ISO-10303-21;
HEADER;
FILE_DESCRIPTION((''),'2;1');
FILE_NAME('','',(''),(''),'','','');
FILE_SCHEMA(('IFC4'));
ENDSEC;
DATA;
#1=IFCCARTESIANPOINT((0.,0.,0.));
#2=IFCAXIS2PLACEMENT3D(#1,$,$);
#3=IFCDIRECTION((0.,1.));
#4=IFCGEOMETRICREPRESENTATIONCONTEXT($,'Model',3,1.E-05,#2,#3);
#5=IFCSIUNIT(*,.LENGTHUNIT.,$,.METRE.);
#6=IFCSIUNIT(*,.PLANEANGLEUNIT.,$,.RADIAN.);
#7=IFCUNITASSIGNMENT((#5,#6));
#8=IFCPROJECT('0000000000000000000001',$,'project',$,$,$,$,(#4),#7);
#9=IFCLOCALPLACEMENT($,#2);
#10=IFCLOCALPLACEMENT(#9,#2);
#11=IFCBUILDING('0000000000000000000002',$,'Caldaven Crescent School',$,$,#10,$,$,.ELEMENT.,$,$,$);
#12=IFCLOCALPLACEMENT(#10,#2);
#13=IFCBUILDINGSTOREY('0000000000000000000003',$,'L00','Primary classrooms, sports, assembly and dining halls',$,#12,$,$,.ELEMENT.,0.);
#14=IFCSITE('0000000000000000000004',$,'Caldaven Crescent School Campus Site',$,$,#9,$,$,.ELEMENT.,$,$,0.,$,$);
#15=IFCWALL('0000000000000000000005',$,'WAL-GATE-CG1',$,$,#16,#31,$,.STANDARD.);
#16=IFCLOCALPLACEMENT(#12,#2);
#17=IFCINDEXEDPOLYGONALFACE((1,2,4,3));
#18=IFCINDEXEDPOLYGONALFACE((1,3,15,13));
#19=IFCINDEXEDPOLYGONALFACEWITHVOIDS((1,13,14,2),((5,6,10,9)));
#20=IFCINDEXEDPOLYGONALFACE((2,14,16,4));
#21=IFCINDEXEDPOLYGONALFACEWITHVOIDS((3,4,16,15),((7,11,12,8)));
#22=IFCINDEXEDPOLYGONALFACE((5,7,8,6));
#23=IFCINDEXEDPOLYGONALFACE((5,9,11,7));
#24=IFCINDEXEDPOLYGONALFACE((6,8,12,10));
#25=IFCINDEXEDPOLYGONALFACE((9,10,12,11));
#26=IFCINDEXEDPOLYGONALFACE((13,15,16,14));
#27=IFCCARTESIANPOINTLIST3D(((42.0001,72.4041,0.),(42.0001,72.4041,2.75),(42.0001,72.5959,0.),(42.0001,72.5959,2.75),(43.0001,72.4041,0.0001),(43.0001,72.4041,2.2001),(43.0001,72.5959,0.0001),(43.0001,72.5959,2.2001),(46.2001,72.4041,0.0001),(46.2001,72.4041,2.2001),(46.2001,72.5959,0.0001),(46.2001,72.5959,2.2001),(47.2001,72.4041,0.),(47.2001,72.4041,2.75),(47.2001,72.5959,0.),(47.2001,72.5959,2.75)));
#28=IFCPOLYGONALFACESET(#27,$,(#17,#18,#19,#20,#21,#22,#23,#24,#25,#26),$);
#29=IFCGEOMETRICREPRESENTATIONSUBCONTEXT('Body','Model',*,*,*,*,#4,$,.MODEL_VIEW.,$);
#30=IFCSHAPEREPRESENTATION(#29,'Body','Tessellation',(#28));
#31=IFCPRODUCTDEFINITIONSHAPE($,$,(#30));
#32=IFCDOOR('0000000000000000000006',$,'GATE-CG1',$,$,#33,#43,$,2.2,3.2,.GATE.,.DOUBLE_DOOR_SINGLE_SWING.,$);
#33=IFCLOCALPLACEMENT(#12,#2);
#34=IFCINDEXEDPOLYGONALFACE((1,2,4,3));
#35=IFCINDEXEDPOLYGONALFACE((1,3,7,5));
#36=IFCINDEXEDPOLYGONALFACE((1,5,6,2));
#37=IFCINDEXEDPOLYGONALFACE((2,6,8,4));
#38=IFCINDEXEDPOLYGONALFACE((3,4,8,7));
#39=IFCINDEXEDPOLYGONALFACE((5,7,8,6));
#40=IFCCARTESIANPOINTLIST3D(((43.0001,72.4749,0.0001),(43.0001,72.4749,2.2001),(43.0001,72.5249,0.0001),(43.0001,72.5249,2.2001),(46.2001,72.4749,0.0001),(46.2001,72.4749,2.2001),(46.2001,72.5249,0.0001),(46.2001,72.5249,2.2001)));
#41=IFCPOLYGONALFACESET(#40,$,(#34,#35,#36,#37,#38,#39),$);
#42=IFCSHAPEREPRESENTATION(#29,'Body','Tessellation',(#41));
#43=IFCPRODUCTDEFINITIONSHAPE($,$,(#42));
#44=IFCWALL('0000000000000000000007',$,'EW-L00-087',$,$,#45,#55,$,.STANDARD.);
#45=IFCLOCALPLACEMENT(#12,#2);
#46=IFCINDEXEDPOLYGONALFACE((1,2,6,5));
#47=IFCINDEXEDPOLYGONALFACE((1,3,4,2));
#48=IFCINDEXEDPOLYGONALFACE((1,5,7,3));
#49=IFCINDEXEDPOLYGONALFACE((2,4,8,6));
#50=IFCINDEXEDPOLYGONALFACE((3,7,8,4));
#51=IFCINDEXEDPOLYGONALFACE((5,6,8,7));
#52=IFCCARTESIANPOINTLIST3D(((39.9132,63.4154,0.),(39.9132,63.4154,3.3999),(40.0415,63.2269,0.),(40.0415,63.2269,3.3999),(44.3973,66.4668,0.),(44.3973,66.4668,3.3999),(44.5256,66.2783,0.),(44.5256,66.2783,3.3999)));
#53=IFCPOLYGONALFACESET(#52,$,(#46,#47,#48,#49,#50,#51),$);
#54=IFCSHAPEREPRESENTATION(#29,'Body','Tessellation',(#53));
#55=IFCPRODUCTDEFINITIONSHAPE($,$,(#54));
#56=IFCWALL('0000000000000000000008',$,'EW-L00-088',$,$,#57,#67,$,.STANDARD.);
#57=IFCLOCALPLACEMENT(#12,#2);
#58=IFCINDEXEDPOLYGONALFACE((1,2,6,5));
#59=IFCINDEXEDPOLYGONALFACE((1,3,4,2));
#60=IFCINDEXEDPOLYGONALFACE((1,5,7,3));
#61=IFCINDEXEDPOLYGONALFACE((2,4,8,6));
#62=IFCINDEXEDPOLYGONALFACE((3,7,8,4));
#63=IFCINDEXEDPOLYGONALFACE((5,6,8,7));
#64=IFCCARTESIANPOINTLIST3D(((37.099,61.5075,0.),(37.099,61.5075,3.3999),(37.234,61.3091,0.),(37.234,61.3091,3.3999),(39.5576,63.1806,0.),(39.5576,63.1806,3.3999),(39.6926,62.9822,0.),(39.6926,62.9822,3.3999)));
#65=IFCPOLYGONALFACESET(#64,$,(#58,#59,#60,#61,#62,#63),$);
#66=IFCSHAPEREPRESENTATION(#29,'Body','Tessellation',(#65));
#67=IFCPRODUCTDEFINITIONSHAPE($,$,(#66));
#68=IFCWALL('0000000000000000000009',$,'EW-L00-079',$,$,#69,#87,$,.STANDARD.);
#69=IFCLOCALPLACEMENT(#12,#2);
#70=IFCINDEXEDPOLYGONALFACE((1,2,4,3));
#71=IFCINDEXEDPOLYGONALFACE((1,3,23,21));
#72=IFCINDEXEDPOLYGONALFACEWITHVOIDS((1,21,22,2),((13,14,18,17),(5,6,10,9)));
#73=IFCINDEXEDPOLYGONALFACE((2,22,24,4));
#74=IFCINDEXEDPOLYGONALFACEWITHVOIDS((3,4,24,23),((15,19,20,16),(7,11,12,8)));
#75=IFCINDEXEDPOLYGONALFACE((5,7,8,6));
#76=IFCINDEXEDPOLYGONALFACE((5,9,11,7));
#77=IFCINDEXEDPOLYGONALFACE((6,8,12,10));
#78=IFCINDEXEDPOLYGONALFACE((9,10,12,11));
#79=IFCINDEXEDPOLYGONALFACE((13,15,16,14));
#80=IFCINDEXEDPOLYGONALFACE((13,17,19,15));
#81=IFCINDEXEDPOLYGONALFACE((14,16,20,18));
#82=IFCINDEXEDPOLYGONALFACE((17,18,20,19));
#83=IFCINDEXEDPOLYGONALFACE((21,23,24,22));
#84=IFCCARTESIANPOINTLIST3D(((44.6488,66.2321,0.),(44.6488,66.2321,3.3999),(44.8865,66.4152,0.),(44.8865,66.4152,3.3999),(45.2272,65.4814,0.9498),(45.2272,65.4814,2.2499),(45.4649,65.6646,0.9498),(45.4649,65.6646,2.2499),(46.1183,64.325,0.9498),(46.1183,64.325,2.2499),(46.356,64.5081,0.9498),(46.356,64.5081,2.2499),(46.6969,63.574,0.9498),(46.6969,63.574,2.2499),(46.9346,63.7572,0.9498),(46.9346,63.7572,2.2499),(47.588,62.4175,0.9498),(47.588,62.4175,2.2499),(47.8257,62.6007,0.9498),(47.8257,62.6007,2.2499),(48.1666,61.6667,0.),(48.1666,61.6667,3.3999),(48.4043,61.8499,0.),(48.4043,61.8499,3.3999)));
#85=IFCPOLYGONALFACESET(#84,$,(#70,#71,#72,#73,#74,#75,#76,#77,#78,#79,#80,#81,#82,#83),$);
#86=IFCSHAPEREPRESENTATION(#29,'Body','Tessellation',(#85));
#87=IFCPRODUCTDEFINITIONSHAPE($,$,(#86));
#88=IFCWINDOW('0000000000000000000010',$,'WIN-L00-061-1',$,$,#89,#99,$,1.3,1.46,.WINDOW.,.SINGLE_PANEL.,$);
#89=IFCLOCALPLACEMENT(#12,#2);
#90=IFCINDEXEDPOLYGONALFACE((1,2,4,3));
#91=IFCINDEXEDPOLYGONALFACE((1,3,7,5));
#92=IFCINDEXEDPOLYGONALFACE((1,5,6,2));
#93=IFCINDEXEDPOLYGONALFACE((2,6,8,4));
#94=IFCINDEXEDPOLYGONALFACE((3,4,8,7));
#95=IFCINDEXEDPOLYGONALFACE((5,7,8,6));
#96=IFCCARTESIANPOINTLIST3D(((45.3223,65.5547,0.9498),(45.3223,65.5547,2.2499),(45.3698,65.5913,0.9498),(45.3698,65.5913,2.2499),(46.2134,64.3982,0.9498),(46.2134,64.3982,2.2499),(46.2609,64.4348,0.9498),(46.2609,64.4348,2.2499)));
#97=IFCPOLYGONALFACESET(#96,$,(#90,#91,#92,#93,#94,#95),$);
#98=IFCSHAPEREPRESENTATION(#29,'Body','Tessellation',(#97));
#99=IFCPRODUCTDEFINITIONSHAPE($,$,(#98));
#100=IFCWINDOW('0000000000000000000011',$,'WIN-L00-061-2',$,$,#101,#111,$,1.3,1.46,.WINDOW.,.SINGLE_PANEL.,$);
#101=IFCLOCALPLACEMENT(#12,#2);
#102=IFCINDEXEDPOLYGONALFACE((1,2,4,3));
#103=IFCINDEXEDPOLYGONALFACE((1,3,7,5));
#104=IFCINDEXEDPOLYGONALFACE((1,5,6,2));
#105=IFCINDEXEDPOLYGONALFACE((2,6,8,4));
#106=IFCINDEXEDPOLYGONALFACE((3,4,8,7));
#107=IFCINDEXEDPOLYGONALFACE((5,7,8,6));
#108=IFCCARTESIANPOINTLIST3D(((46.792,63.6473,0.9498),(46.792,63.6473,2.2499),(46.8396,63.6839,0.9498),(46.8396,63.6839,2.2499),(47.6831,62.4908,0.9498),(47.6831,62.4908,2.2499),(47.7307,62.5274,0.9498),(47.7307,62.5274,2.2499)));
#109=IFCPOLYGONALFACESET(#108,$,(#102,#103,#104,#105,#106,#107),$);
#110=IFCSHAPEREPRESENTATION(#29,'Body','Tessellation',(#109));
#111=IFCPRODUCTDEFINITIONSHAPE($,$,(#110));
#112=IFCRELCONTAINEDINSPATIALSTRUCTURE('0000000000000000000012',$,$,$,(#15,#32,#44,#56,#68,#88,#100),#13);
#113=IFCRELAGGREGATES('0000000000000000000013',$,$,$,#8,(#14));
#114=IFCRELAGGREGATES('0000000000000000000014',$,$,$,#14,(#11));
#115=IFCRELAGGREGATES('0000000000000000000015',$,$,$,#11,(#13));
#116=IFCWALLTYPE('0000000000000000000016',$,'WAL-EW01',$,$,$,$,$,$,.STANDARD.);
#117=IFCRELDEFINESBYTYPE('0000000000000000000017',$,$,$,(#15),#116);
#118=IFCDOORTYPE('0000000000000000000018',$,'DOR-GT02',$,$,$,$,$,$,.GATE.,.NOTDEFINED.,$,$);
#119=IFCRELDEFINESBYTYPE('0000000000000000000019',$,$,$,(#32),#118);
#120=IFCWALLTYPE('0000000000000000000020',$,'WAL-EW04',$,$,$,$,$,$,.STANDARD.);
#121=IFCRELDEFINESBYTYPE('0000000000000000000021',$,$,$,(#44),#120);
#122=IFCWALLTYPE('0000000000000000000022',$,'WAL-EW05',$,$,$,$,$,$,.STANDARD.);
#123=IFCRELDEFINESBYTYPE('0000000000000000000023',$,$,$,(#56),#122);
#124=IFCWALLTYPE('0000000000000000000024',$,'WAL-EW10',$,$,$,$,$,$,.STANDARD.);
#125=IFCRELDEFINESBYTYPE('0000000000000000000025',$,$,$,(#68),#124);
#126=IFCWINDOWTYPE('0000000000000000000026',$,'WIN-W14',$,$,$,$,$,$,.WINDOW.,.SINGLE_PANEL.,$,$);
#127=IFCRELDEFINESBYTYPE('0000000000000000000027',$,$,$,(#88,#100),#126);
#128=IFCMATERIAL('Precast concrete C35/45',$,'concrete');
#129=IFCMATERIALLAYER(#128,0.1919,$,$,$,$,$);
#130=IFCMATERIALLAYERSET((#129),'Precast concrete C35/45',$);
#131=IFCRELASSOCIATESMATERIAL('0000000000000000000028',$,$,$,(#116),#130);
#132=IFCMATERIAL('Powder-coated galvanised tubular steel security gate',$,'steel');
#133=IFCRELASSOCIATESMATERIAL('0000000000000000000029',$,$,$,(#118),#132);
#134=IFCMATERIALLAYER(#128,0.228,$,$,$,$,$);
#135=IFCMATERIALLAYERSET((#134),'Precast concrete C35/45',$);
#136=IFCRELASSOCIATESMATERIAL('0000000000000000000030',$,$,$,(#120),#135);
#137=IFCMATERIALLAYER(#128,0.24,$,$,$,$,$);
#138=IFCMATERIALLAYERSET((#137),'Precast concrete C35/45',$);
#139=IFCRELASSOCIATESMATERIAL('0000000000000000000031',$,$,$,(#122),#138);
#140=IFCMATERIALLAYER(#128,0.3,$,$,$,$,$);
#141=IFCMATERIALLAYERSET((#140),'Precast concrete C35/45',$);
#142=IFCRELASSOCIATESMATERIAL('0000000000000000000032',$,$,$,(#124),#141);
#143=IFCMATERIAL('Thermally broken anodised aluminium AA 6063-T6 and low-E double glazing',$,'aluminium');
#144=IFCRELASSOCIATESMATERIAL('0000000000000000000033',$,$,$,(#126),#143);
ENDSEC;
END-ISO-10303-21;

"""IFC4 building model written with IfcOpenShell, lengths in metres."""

from ifc_helpers import new_model, si_unit, direction, frame, frame_2d, origin, place, context, subcontext, project, spatial, rectangle, extrude, material, layer, layer_set, type_object, element, fill, save


model = new_model("IFC4")

# Units and contexts
model_context = context("Model", 3, precision=1e-05, world=origin(), true_north=direction((0.0, 1.0)))
body_context = subcontext(model_context, "Body", "Model", "MODEL_VIEW")
ifc_project = project(units=[si_unit("LENGTHUNIT", "METRE"), si_unit("PLANEANGLEUNIT", "RADIAN")], contexts=[model_context])

# Site, building, storey
site_placement = place(None, origin())
site = spatial("IfcSite", under=ifc_project, at=site_placement, Name="Caldaven Crescent School Campus Site", CompositionType="ELEMENT", RefElevation=0.0)
building_placement = place(site_placement, origin())
building = spatial("IfcBuilding", under=site, at=building_placement, Name="Caldaven Crescent School", CompositionType="ELEMENT")
storey_placement = place(building_placement, origin())
storey = spatial("IfcBuildingStorey", under=building, at=storey_placement, Name="L00", Description="Primary classrooms, sports, assembly and dining halls", CompositionType="ELEMENT", Elevation=0.0)

# Wall, opening, door
ifc_material_1 = material(Name="Precast concrete C35/45", Category="concrete")
ifc_layer_1 = layer(ifc_material_1, 0.1919)
ifc_layer_set_1 = layer_set([ifc_layer_1], Name="Precast concrete C35/45")
wall_type_1 = type_object("IfcWallType", Name="WAL-EW01", PredefinedType="STANDARD", material=ifc_layer_set_1)
wall_1_placement = place(storey_placement, frame((42.0, 72.5, 0.0), z_axis=(0.0, 0.0, 1.0), x_axis=(1.0, 0.0, 0.0)))
wall_1 = element("IfcWall", 1, at=wall_1_placement, inside=storey, type_object=wall_type_1, Name="WAL-GATE-CG1", PredefinedType="STANDARD", context=body_context, shape_type="SweptSolid", body=[
    extrude(rectangle(XDim=5.2, YDim=0.1919, at=frame_2d((2.6001, 0.0))), origin(), (0.0, 0.0, 1.0), 2.75),
])
opening_1_placement = place(wall_1_placement, frame((1.0, 0.0, 0.0)))
opening_1 = element("IfcOpeningElement", 2, at=opening_1_placement, cuts=wall_1, PredefinedType="OPENING", context=body_context, shape_type="SweptSolid", body=[
    extrude(rectangle(XDim=3.2, YDim=2.2, at=frame_2d((1.6001, 1.1001))), frame((0.0, 0.106, 0.0), z_axis=(0.0, -1.0, 0.0), x_axis=(1.0, 0.0, 0.0)), (0.0, 0.0, 1.0), 0.2119),
])
ifc_material_2 = material(Name="Powder-coated galvanised tubular steel security gate", Category="steel")
door_type = type_object("IfcDoorType", Name="DOR-GT02", OperationType="NOTDEFINED", PredefinedType="GATE", material=ifc_material_2)
door_placement = place(opening_1_placement, origin())
door = element("IfcDoor", 3, at=door_placement, inside=storey, type_object=door_type, Name="GATE-CG1", OperationType="DOUBLE_DOOR_SINGLE_SWING", OverallHeight=2.2, OverallWidth=3.2, PredefinedType="GATE", context=body_context, shape_type="SweptSolid", body=[
    extrude(rectangle(XDim=3.2, YDim=2.2, at=frame_2d((1.6001, 1.1001))), frame((0.0, 0.0249, 0.0), z_axis=(0.0, -1.0, 0.0), x_axis=(1.0, 0.0, 0.0)), (0.0, 0.0, 1.0), 0.05),
])
fill(opening_1, door)

# Walls
ifc_layer_2 = layer(ifc_material_1, 0.228)
ifc_layer_set_2 = layer_set([ifc_layer_2], Name="Precast concrete C35/45")
wall_type_2 = type_object("IfcWallType", Name="WAL-EW04", PredefinedType="STANDARD", material=ifc_layer_set_2)
wall_2_placement = place(storey_placement, frame((44.4614, 66.3726, 0.0), z_axis=(0.0, 0.0, 1.0), x_axis=(-0.826729, -0.562601, 0.0)))
element("IfcWall", 4, at=wall_2_placement, inside=storey, type_object=wall_type_2, Name="EW-L00-087", PredefinedType="STANDARD", context=body_context, shape_type="SweptSolid", body=[
    extrude(rectangle(XDim=5.4238, YDim=0.228, at=frame_2d((2.7119, 0.0))), origin(), (0.0, 0.0, 1.0), 3.3999),
])
ifc_layer_3 = layer(ifc_material_1, 0.24)
ifc_layer_set_3 = layer_set([ifc_layer_3], Name="Precast concrete C35/45")
wall_type_3 = type_object("IfcWallType", Name="WAL-EW05", PredefinedType="STANDARD", material=ifc_layer_set_3)
wall_3_placement = place(storey_placement, frame((39.625, 63.0813, 0.0), z_axis=(0.0, 0.0, 1.0), x_axis=(-0.826746, -0.562575, 0.0)))
element("IfcWall", 5, at=wall_3_placement, inside=storey, type_object=wall_type_3, Name="EW-L00-088", PredefinedType="STANDARD", context=body_context, shape_type="SweptSolid", body=[
    extrude(rectangle(XDim=2.9739, YDim=0.24, at=frame_2d((1.4868, 0.0))), origin(), (0.0, 0.0, 1.0), 3.3999),
])

# Wall, openings, windows
ifc_layer_4 = layer(ifc_material_1, 0.3)
ifc_layer_set_4 = layer_set([ifc_layer_4], Name="Precast concrete C35/45")
wall_type_4 = type_object("IfcWallType", Name="WAL-EW10", PredefinedType="STANDARD", material=ifc_layer_set_4)
wall_4_placement = place(storey_placement, frame((44.7676, 66.3237, 0.0), z_axis=(0.0, 0.0, 1.0), x_axis=(0.610359, -0.792125, 0.0)))
wall_4 = element("IfcWall", 6, at=wall_4_placement, inside=storey, type_object=wall_type_4, Name="EW-L00-079", PredefinedType="STANDARD", context=body_context, shape_type="SweptSolid", body=[
    extrude(rectangle(XDim=5.7634, YDim=0.3, at=frame_2d((2.8818, 0.0))), origin(), (0.0, 0.0, 1.0), 3.3999),
])
opening_2_placement = place(wall_4_placement, frame((0.9478, 0.0, 0.95)))
opening_2 = element("IfcOpeningElement", 7, at=opening_2_placement, cuts=wall_4, PredefinedType="OPENING", context=body_context, shape_type="SweptSolid", body=[
    extrude(rectangle(XDim=1.46, YDim=1.3, at=frame_2d((0.73, 0.6499))), frame((0.0, 0.1599, 0.0), z_axis=(0.0, -1.0, 0.0), x_axis=(1.0, 0.0, 0.0)), (0.0, 0.0, 1.0), 0.3201),
])
opening_3_placement = place(wall_4_placement, frame((3.3557, 0.0, 0.95)))
opening_3 = element("IfcOpeningElement", 8, at=opening_3_placement, cuts=wall_4, PredefinedType="OPENING", context=body_context, shape_type="SweptSolid", body=[
    extrude(rectangle(XDim=1.46, YDim=1.3, at=frame_2d((0.73, 0.6499))), frame((0.0, 0.1599, 0.0), z_axis=(0.0, -1.0, 0.0), x_axis=(1.0, 0.0, 0.0)), (0.0, 0.0, 1.0), 0.3201),
])
ifc_material_3 = material(Name="Thermally broken anodised aluminium AA 6063-T6 and low-E double glazing", Category="aluminium")
window_type = type_object("IfcWindowType", Name="WIN-W14", PartitioningType="SINGLE_PANEL", PredefinedType="WINDOW", material=ifc_material_3)
window_1_placement = place(opening_2_placement, origin())
window_1 = element("IfcWindow", 9, at=window_1_placement, inside=storey, type_object=window_type, Name="WIN-L00-061-1", OverallHeight=1.3, OverallWidth=1.46, PartitioningType="SINGLE_PANEL", PredefinedType="WINDOW", context=body_context, shape_type="SweptSolid", body=[
    extrude(rectangle(XDim=1.46, YDim=1.3, at=frame_2d((0.73, 0.6499))), frame((0.0, 0.03, 0.0), z_axis=(0.0, -1.0, 0.0), x_axis=(1.0, 0.0, 0.0)), (0.0, 0.0, 1.0), 0.0601),
])
fill(opening_2, window_1)
window_2_placement = place(opening_3_placement, origin())
window_2 = element("IfcWindow", 10, at=window_2_placement, inside=storey, type_object=window_type, Name="WIN-L00-061-2", OverallHeight=1.3, OverallWidth=1.46, PartitioningType="SINGLE_PANEL", PredefinedType="WINDOW", context=body_context, shape_type="SweptSolid", body=[
    extrude(rectangle(XDim=1.46, YDim=1.3, at=frame_2d((0.73, 0.6499))), frame((0.0, 0.03, 0.0), z_axis=(0.0, -1.0, 0.0), x_axis=(1.0, 0.0, 0.0)), (0.0, 0.0, 1.0), 0.0601),
])
fill(opening_3, window_2)

save(model, "model.ifc")
